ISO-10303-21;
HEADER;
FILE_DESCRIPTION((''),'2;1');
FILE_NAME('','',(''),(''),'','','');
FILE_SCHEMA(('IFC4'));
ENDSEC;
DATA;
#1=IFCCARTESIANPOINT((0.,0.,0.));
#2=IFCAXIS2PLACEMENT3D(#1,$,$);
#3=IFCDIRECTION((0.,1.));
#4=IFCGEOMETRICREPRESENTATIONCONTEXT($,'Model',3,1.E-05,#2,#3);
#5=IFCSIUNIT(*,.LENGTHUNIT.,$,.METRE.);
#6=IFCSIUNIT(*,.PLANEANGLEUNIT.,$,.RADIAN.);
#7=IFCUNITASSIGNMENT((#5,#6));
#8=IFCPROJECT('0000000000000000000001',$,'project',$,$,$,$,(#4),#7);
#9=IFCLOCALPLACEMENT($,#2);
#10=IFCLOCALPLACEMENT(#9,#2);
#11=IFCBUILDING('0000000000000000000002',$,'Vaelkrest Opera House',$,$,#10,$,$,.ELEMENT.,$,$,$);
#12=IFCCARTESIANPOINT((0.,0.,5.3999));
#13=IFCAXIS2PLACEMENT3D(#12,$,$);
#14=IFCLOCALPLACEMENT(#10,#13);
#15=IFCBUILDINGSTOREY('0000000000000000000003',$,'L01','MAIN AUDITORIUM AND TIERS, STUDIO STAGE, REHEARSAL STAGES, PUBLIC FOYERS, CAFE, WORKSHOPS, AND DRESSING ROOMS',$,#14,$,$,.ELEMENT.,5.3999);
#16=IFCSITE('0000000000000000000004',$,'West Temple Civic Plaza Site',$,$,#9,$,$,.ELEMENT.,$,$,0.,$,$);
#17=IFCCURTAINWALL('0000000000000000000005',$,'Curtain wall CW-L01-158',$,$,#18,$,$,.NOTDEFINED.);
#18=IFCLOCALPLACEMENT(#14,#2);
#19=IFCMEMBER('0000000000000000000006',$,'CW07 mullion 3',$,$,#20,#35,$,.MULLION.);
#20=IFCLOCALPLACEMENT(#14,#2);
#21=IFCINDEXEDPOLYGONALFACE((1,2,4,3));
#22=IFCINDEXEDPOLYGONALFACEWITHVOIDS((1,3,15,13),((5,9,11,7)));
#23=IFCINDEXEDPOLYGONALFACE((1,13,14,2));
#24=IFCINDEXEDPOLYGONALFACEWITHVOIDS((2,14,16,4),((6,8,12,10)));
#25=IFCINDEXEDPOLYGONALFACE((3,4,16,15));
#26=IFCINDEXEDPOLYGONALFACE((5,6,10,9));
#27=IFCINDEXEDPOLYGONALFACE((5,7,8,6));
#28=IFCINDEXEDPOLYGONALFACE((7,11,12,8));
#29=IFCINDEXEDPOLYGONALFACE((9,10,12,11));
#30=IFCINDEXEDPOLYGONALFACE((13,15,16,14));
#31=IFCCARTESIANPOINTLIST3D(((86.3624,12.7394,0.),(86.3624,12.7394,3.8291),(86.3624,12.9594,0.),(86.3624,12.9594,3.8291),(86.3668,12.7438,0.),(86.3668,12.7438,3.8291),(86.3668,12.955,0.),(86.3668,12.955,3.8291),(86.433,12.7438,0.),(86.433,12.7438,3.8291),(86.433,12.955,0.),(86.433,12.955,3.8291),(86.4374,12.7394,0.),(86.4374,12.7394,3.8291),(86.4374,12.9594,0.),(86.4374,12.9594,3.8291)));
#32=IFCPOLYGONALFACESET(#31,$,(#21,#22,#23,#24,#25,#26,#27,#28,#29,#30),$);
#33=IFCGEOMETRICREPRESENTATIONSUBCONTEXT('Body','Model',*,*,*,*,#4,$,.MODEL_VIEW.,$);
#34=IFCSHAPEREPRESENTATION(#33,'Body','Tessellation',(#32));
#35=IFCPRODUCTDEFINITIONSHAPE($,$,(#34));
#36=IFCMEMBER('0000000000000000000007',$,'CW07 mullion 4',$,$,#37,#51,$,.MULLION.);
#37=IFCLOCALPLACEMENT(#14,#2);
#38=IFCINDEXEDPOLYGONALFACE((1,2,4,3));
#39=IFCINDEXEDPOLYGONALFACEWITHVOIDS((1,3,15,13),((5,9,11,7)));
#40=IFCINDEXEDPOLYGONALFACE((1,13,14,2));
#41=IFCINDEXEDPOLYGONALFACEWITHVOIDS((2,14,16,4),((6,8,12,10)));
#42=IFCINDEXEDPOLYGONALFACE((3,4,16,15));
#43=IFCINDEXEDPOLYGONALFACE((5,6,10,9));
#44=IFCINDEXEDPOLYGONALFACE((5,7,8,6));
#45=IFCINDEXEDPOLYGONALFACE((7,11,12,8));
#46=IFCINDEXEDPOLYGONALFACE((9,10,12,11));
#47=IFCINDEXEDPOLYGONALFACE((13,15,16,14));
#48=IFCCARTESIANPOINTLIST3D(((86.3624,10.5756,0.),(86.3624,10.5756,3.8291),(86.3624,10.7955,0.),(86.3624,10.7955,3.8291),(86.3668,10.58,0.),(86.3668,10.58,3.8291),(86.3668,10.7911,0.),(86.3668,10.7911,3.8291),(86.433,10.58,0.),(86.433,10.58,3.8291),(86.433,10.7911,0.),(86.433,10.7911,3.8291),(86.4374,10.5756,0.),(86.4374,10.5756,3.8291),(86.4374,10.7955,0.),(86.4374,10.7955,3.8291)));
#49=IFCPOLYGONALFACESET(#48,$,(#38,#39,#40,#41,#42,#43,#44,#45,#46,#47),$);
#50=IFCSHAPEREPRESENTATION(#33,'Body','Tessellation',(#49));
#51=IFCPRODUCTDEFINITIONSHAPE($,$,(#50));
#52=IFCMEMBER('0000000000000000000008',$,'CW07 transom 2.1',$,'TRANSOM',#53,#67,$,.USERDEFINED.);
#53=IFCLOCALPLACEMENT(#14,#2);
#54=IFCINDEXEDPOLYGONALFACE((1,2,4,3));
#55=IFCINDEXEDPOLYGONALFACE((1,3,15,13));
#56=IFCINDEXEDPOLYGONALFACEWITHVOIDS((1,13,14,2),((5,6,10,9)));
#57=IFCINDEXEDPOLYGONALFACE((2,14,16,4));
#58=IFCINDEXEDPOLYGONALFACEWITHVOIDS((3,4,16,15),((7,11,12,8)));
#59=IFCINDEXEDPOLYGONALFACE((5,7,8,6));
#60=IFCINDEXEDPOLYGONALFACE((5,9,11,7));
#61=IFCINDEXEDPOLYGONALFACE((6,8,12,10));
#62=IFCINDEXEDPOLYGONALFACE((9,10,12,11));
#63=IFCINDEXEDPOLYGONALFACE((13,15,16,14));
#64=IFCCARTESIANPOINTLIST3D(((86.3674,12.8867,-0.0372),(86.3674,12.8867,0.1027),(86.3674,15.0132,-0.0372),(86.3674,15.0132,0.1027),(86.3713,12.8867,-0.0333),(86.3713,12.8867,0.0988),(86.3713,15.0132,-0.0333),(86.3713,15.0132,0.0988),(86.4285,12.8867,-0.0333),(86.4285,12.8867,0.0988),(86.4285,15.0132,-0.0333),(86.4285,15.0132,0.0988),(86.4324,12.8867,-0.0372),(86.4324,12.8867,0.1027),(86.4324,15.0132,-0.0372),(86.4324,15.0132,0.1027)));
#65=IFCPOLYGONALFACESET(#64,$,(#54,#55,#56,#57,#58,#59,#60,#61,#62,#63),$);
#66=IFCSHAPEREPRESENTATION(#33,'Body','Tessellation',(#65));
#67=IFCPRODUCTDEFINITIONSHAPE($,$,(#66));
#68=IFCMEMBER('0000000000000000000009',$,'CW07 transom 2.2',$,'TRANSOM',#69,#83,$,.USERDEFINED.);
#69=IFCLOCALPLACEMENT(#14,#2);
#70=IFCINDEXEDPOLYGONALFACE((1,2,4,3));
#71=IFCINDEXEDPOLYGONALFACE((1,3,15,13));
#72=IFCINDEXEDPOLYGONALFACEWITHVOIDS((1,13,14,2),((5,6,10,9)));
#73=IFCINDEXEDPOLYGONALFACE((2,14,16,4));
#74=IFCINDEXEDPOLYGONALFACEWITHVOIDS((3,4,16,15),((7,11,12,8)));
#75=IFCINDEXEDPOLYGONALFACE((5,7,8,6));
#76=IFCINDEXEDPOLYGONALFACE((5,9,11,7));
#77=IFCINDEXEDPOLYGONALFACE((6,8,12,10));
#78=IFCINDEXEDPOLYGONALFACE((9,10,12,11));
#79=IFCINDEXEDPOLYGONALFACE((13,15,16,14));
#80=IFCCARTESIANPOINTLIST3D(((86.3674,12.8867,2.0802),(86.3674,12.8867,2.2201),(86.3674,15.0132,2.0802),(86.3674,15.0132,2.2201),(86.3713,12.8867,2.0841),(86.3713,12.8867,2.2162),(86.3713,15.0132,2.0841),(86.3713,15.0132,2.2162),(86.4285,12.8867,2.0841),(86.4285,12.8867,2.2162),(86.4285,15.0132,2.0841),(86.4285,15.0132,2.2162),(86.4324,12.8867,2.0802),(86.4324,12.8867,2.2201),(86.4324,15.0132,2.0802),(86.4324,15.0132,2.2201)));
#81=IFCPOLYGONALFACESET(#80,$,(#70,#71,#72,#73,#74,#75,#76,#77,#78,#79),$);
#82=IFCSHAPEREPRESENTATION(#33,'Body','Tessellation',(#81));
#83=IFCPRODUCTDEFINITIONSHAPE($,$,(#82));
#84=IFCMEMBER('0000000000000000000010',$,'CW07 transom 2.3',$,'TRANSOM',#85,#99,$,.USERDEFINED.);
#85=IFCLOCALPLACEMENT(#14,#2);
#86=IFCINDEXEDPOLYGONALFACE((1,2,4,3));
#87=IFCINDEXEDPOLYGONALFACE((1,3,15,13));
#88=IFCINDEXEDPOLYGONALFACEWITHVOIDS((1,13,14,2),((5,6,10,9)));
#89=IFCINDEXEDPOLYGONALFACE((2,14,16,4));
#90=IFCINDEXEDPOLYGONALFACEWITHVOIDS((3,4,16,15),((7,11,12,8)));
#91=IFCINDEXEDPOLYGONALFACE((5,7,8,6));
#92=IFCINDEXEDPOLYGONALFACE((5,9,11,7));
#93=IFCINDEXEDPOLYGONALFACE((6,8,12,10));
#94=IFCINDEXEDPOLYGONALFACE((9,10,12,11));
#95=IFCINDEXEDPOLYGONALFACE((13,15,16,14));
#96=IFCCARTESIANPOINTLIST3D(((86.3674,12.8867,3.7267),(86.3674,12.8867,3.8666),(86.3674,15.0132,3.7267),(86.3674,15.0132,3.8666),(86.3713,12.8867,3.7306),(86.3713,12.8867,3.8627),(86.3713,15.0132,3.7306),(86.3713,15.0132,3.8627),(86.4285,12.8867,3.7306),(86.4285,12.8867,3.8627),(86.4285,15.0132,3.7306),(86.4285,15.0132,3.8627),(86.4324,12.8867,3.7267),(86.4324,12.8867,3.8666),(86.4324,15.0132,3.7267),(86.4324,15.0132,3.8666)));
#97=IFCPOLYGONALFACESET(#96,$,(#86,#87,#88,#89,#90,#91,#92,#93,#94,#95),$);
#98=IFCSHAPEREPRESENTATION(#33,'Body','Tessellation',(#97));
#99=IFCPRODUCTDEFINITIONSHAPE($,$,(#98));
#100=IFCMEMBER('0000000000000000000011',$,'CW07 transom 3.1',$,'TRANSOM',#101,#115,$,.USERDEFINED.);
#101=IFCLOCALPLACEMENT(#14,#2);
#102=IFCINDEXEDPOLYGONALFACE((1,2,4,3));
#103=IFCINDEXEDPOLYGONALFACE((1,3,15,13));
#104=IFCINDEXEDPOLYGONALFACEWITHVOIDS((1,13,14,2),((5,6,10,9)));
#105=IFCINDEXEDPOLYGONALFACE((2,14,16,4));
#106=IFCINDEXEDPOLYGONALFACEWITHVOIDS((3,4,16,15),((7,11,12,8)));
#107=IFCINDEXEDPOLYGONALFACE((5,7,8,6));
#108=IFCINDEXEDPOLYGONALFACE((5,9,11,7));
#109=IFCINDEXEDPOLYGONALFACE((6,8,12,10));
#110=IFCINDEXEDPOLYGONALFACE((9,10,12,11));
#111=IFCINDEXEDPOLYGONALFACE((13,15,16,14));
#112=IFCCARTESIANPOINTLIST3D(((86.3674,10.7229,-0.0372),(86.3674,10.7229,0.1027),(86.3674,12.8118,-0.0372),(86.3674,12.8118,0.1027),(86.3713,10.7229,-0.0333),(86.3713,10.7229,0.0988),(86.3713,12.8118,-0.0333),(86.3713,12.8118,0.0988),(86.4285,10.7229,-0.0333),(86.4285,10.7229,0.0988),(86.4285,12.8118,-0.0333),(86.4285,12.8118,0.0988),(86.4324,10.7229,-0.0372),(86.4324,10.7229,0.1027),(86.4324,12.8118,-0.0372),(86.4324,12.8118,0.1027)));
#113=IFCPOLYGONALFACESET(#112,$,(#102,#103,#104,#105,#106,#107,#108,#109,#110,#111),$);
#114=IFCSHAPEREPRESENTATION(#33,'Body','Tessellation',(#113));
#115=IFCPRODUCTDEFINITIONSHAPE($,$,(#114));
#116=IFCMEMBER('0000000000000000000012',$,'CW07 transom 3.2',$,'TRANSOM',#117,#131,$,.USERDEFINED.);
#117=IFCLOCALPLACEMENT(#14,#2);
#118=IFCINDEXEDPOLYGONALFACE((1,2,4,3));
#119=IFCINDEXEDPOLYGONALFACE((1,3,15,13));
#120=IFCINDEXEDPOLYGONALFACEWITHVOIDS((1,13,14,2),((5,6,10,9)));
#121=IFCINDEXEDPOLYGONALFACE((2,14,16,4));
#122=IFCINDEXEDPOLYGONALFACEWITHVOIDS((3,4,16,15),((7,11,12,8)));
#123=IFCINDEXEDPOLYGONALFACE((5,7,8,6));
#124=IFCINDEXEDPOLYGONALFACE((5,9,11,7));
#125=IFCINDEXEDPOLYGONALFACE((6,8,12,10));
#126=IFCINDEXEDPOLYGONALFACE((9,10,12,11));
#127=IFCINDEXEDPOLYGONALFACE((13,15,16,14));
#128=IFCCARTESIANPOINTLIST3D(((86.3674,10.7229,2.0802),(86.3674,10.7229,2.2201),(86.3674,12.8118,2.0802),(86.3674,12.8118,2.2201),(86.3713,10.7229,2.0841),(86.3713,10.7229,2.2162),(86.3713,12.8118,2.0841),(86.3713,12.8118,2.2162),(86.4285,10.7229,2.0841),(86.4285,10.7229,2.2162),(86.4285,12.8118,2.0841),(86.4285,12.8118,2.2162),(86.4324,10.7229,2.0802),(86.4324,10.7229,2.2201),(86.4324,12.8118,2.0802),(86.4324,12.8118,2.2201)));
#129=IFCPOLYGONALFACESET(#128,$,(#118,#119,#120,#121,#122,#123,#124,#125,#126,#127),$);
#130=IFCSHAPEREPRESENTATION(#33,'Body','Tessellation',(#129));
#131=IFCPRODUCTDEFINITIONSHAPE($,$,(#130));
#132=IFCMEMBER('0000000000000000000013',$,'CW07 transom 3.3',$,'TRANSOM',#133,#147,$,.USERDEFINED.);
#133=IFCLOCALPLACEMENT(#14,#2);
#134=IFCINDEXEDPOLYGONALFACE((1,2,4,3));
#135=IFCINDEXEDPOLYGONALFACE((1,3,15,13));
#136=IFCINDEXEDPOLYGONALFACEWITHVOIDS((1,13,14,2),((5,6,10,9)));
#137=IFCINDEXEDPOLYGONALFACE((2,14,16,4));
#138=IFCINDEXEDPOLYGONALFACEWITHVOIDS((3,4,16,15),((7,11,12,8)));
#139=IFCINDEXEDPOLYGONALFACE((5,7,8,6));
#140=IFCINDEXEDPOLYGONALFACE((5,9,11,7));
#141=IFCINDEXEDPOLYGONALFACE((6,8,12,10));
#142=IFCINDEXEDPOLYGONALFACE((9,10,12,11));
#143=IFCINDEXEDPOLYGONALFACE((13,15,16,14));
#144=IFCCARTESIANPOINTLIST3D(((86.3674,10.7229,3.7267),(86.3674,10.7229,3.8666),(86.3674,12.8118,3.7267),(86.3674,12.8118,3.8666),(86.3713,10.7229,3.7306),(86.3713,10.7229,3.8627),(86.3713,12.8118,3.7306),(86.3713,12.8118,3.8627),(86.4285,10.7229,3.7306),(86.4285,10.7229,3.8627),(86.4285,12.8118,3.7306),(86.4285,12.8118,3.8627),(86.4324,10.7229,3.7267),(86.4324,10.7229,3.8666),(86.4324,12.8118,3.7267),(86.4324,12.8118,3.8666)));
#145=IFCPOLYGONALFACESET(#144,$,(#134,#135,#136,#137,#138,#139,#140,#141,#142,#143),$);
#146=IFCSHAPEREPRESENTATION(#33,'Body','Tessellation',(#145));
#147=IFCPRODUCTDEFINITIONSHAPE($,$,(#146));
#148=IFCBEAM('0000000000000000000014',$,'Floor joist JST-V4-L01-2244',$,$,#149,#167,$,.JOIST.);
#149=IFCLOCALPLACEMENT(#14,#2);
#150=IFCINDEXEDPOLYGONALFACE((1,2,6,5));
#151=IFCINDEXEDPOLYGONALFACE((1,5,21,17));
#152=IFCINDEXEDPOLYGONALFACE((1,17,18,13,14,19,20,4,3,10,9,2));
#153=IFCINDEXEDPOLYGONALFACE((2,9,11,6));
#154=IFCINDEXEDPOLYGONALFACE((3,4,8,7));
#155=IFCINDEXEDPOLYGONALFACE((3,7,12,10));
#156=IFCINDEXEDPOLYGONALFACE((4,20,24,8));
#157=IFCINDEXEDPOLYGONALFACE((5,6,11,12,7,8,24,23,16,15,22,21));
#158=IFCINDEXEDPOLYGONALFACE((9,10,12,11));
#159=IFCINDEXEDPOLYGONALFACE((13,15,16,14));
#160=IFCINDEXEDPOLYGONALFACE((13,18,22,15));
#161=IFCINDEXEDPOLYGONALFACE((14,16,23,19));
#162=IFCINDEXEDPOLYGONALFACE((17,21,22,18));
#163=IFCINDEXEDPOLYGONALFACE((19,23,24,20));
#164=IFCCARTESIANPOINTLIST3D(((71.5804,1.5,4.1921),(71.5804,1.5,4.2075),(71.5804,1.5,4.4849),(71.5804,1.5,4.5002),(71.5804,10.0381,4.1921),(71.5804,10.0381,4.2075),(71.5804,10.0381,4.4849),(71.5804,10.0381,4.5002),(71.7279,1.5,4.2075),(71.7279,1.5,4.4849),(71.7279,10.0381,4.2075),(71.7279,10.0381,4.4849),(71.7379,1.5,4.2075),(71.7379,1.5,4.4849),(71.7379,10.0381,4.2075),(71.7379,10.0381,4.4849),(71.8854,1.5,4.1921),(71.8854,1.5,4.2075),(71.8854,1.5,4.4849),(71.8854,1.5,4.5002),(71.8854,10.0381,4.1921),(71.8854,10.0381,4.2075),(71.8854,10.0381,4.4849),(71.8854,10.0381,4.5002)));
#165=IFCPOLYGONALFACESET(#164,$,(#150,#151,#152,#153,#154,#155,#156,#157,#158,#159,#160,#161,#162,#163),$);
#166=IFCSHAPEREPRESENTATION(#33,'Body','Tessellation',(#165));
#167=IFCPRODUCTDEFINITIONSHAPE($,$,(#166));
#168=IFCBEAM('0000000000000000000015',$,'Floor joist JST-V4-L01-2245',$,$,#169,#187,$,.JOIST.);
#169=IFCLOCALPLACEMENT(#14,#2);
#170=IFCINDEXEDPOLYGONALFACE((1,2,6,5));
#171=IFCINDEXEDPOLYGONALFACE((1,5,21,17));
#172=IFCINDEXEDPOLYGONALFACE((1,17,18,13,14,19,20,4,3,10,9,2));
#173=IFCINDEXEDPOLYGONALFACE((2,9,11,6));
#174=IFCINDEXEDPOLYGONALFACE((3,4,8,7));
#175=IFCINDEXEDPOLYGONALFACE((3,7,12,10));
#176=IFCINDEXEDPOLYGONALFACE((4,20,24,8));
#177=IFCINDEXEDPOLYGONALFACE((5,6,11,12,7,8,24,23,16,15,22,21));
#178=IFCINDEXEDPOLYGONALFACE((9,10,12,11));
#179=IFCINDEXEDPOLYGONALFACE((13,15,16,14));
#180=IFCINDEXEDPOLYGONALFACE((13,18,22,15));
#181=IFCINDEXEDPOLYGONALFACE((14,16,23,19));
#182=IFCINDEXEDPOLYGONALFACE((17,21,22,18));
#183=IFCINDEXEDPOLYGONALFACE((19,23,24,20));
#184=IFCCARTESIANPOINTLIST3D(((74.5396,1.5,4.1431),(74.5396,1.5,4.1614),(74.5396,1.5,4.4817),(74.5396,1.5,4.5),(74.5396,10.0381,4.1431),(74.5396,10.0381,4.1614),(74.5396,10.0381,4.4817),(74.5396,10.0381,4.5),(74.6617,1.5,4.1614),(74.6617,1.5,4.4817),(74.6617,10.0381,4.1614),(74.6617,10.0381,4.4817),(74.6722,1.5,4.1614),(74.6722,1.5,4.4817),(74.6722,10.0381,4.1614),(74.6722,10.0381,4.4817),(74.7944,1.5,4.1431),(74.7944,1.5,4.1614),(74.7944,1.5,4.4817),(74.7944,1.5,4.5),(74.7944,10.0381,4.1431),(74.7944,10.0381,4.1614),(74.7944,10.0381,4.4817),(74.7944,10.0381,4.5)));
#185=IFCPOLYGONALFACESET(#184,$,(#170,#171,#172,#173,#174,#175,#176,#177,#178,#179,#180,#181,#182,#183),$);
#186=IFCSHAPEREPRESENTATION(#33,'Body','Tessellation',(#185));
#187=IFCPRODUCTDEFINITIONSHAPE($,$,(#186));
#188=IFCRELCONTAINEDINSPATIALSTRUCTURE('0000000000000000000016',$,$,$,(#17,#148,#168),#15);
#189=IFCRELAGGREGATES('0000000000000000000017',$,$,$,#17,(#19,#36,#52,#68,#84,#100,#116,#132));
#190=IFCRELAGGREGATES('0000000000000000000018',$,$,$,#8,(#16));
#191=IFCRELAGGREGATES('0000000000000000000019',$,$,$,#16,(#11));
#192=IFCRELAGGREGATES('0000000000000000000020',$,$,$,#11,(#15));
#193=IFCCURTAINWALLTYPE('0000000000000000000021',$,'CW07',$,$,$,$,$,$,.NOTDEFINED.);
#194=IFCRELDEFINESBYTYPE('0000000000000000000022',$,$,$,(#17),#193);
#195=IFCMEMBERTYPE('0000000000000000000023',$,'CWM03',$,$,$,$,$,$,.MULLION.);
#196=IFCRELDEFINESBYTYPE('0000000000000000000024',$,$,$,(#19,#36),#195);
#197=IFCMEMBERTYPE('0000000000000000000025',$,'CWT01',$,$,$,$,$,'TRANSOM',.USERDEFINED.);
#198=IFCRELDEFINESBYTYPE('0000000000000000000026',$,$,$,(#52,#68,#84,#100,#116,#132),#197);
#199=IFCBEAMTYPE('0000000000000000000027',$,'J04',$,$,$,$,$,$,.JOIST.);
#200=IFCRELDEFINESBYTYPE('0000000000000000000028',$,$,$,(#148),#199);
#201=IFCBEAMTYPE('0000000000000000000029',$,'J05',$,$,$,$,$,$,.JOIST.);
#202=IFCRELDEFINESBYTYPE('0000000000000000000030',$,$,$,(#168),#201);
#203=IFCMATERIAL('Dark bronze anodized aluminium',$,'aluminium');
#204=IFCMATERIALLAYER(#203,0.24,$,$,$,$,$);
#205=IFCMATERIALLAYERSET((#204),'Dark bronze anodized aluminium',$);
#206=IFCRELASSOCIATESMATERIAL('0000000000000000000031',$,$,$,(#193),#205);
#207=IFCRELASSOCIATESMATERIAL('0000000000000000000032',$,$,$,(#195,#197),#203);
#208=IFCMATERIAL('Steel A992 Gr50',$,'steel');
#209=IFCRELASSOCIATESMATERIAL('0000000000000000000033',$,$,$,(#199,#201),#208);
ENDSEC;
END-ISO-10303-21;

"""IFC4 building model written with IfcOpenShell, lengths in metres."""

from ifc_helpers import new_model, si_unit, direction, frame, origin, origin_2d, place, context, subcontext, project, spatial, hollow_rectangle, i_section, extrude, material, layer, layer_set, material_profile, profile_set, type_object, element, aggregate, save


model = new_model("IFC4")

# Units and contexts
model_context = context("Model", 3, precision=1e-05, world=origin(), true_north=direction((0.0, 1.0)))
body_context = subcontext(model_context, "Body", "Model", "MODEL_VIEW")
ifc_project = project(units=[si_unit("LENGTHUNIT", "METRE"), si_unit("PLANEANGLEUNIT", "RADIAN")], contexts=[model_context])

# Site, building, storey
site_placement = place(None, origin())
site = spatial("IfcSite", under=ifc_project, at=site_placement, Name="West Temple Civic Plaza Site", CompositionType="ELEMENT", RefElevation=0.0)
building_placement = place(site_placement, origin())
building = spatial("IfcBuilding", under=site, at=building_placement, Name="Vaelkrest Opera House", CompositionType="ELEMENT")
storey_placement = place(building_placement, frame((0.0, 0.0, 5.3999)))
storey = spatial("IfcBuildingStorey", under=building, at=storey_placement, Name="L01", Description="MAIN AUDITORIUM AND TIERS, STUDIO STAGE, REHEARSAL STAGES, PUBLIC FOYERS, CAFE, WORKSHOPS, AND DRESSING ROOMS", CompositionType="ELEMENT", Elevation=5.3999)

# Shared definitions
ifc_material_1 = material(Name="Steel A992 Gr50", Category="steel")

# Curtain wall, members
ifc_material_2 = material(Name="Dark bronze anodized aluminium", Category="aluminium")
ifc_layer_1 = layer(ifc_material_2, 0.24)
ifc_layer_set_1 = layer_set([ifc_layer_1], Name="Dark bronze anodized aluminium")
curtain_wall_type = type_object("IfcCurtainWallType", Name="CW07", PredefinedType="NOTDEFINED", material=ifc_layer_set_1)
curtain_wall_placement = place(storey_placement, origin())
curtain_wall = element("IfcCurtainWall", 1, at=curtain_wall_placement, inside=storey, type_object=curtain_wall_type, Name="Curtain wall CW-L01-158", PredefinedType="NOTDEFINED")
ifc_material_profile_1 = material_profile(ifc_material_2, hollow_rectangle(XDim=0.075, YDim=0.22, WallThickness=0.0044, at=origin_2d()), Name="CWM75X220")
ifc_profile_set_1 = profile_set([ifc_material_profile_1], Name="Dark bronze anodized aluminium")
member_type_1 = type_object("IfcMemberType", Name="CWM03", PredefinedType="MULLION", material=ifc_profile_set_1)
member_1_placement = place(storey_placement, frame((86.3999, 12.8494, 0.0), z_axis=(0.0, 0.0, 1.0), x_axis=(1.0, 0.0, 0.0)))
member_1 = element("IfcMember", 2, at=member_1_placement, type_object=member_type_1, Name="CW07 mullion 3", PredefinedType="MULLION", context=body_context, shape_type="SweptSolid", body=[
    extrude(hollow_rectangle(XDim=0.075, YDim=0.22, WallThickness=0.0044, at=origin_2d()), origin(), (0.0, 0.0, 1.0), 3.8291),
])
member_2_placement = place(storey_placement, frame((86.3999, 10.6855, 0.0), z_axis=(0.0, 0.0, 1.0), x_axis=(1.0, 0.0, 0.0)))
member_2 = element("IfcMember", 3, at=member_2_placement, type_object=member_type_1, Name="CW07 mullion 4", PredefinedType="MULLION", context=body_context, shape_type="SweptSolid", body=[
    extrude(hollow_rectangle(XDim=0.075, YDim=0.22, WallThickness=0.0044, at=origin_2d()), origin(), (0.0, 0.0, 1.0), 3.8291),
])
ifc_material_profile_2 = material_profile(ifc_material_2, hollow_rectangle(XDim=0.0649, YDim=0.1399, WallThickness=0.0039, at=origin_2d()), Name="CWT65X140")
ifc_profile_set_2 = profile_set([ifc_material_profile_2], Name="Dark bronze anodized aluminium")
member_type_2 = type_object("IfcMemberType", Name="CWT01", ElementType="TRANSOM", PredefinedType="USERDEFINED", material=ifc_profile_set_2)
member_3_placement = place(storey_placement, frame((86.3999, 15.0132, 0.0327), z_axis=(0.0, -1.0, 0.0), x_axis=(1.0, 0.0, 0.0)))
member_3 = element("IfcMember", 4, at=member_3_placement, type_object=member_type_2, Name="CW07 transom 2.1", ObjectType="TRANSOM", PredefinedType="USERDEFINED", context=body_context, shape_type="SweptSolid", body=[
    extrude(hollow_rectangle(XDim=0.0649, YDim=0.1399, WallThickness=0.0039, at=origin_2d()), origin(), (0.0, 0.0, 1.0), 2.1265),
])
member_4_placement = place(storey_placement, frame((86.3999, 15.0132, 2.1501), z_axis=(0.0, -1.0, 0.0), x_axis=(1.0, 0.0, 0.0)))
member_4 = element("IfcMember", 5, at=member_4_placement, type_object=member_type_2, Name="CW07 transom 2.2", ObjectType="TRANSOM", PredefinedType="USERDEFINED", context=body_context, shape_type="SweptSolid", body=[
    extrude(hollow_rectangle(XDim=0.0649, YDim=0.1399, WallThickness=0.0039, at=origin_2d()), origin(), (0.0, 0.0, 1.0), 2.1265),
])
member_5_placement = place(storey_placement, frame((86.3999, 15.0132, 3.7966), z_axis=(0.0, -1.0, 0.0), x_axis=(1.0, 0.0, 0.0)))
member_5 = element("IfcMember", 6, at=member_5_placement, type_object=member_type_2, Name="CW07 transom 2.3", ObjectType="TRANSOM", PredefinedType="USERDEFINED", context=body_context, shape_type="SweptSolid", body=[
    extrude(hollow_rectangle(XDim=0.0649, YDim=0.1399, WallThickness=0.0039, at=origin_2d()), origin(), (0.0, 0.0, 1.0), 2.1265),
])
member_6_placement = place(storey_placement, frame((86.3999, 12.8118, 0.0327), z_axis=(0.0, -1.0, 0.0), x_axis=(1.0, 0.0, 0.0)))
member_6 = element("IfcMember", 7, at=member_6_placement, type_object=member_type_2, Name="CW07 transom 3.1", ObjectType="TRANSOM", PredefinedType="USERDEFINED", context=body_context, shape_type="SweptSolid", body=[
    extrude(hollow_rectangle(XDim=0.0649, YDim=0.1399, WallThickness=0.0039, at=origin_2d()), origin(), (0.0, 0.0, 1.0), 2.0889),
])
member_7_placement = place(storey_placement, frame((86.3999, 12.8118, 2.1501), z_axis=(0.0, -1.0, 0.0), x_axis=(1.0, 0.0, 0.0)))
member_7 = element("IfcMember", 8, at=member_7_placement, type_object=member_type_2, Name="CW07 transom 3.2", ObjectType="TRANSOM", PredefinedType="USERDEFINED", context=body_context, shape_type="SweptSolid", body=[
    extrude(hollow_rectangle(XDim=0.0649, YDim=0.1399, WallThickness=0.0039, at=origin_2d()), origin(), (0.0, 0.0, 1.0), 2.0889),
])
member_8_placement = place(storey_placement, frame((86.3999, 12.8118, 3.7966), z_axis=(0.0, -1.0, 0.0), x_axis=(1.0, 0.0, 0.0)))
member_8 = element("IfcMember", 9, at=member_8_placement, type_object=member_type_2, Name="CW07 transom 3.3", ObjectType="TRANSOM", PredefinedType="USERDEFINED", context=body_context, shape_type="SweptSolid", body=[
    extrude(hollow_rectangle(XDim=0.0649, YDim=0.1399, WallThickness=0.0039, at=origin_2d()), origin(), (0.0, 0.0, 1.0), 2.0889),
])

# Beams
ifc_material_profile_3 = material_profile(ifc_material_1, i_section(OverallWidth=0.3049, OverallDepth=0.3081, WebThickness=0.01, FlangeThickness=0.0154, at=origin_2d()), Name="W12X65")
ifc_profile_set_3 = profile_set([ifc_material_profile_3], Name="Steel A992 Gr50")
beam_type_1 = type_object("IfcBeamType", Name="J04", PredefinedType="JOIST", material=ifc_profile_set_3)
beam_1_placement = place(storey_placement, frame((71.7329, 1.5, 4.3462), z_axis=(0.0, 1.0, 0.0), x_axis=(-1.0, 0.0, 0.0)))
element("IfcBeam", 10, at=beam_1_placement, inside=storey, type_object=beam_type_1, Name="Floor joist JST-V4-L01-2244", PredefinedType="JOIST", context=body_context, shape_type="SweptSolid", body=[
    extrude(i_section(OverallWidth=0.3049, OverallDepth=0.3081, WebThickness=0.01, FlangeThickness=0.0154, at=origin_2d()), origin(), (0.0, 0.0, 1.0), 8.5381),
])
ifc_material_profile_4 = material_profile(ifc_material_1, i_section(OverallWidth=0.2549, OverallDepth=0.3569, WebThickness=0.0105, FlangeThickness=0.0183, at=origin_2d()), Name="W14X68")
ifc_profile_set_4 = profile_set([ifc_material_profile_4], Name="Steel A992 Gr50")
beam_type_2 = type_object("IfcBeamType", Name="J05", PredefinedType="JOIST", material=ifc_profile_set_4)
beam_2_placement = place(storey_placement, frame((74.667, 1.5, 4.3215), z_axis=(0.0, 1.0, 0.0), x_axis=(-1.0, 0.0, 0.0)))
element("IfcBeam", 11, at=beam_2_placement, inside=storey, type_object=beam_type_2, Name="Floor joist JST-V4-L01-2245", PredefinedType="JOIST", context=body_context, shape_type="SweptSolid", body=[
    extrude(i_section(OverallWidth=0.2549, OverallDepth=0.3569, WebThickness=0.0105, FlangeThickness=0.0183, at=origin_2d()), origin(), (0.0, 0.0, 1.0), 8.5381),
])

aggregate(curtain_wall, [member_1, member_2, member_3, member_4, member_5, member_6, member_7, member_8])

save(model, "model.ifc")
